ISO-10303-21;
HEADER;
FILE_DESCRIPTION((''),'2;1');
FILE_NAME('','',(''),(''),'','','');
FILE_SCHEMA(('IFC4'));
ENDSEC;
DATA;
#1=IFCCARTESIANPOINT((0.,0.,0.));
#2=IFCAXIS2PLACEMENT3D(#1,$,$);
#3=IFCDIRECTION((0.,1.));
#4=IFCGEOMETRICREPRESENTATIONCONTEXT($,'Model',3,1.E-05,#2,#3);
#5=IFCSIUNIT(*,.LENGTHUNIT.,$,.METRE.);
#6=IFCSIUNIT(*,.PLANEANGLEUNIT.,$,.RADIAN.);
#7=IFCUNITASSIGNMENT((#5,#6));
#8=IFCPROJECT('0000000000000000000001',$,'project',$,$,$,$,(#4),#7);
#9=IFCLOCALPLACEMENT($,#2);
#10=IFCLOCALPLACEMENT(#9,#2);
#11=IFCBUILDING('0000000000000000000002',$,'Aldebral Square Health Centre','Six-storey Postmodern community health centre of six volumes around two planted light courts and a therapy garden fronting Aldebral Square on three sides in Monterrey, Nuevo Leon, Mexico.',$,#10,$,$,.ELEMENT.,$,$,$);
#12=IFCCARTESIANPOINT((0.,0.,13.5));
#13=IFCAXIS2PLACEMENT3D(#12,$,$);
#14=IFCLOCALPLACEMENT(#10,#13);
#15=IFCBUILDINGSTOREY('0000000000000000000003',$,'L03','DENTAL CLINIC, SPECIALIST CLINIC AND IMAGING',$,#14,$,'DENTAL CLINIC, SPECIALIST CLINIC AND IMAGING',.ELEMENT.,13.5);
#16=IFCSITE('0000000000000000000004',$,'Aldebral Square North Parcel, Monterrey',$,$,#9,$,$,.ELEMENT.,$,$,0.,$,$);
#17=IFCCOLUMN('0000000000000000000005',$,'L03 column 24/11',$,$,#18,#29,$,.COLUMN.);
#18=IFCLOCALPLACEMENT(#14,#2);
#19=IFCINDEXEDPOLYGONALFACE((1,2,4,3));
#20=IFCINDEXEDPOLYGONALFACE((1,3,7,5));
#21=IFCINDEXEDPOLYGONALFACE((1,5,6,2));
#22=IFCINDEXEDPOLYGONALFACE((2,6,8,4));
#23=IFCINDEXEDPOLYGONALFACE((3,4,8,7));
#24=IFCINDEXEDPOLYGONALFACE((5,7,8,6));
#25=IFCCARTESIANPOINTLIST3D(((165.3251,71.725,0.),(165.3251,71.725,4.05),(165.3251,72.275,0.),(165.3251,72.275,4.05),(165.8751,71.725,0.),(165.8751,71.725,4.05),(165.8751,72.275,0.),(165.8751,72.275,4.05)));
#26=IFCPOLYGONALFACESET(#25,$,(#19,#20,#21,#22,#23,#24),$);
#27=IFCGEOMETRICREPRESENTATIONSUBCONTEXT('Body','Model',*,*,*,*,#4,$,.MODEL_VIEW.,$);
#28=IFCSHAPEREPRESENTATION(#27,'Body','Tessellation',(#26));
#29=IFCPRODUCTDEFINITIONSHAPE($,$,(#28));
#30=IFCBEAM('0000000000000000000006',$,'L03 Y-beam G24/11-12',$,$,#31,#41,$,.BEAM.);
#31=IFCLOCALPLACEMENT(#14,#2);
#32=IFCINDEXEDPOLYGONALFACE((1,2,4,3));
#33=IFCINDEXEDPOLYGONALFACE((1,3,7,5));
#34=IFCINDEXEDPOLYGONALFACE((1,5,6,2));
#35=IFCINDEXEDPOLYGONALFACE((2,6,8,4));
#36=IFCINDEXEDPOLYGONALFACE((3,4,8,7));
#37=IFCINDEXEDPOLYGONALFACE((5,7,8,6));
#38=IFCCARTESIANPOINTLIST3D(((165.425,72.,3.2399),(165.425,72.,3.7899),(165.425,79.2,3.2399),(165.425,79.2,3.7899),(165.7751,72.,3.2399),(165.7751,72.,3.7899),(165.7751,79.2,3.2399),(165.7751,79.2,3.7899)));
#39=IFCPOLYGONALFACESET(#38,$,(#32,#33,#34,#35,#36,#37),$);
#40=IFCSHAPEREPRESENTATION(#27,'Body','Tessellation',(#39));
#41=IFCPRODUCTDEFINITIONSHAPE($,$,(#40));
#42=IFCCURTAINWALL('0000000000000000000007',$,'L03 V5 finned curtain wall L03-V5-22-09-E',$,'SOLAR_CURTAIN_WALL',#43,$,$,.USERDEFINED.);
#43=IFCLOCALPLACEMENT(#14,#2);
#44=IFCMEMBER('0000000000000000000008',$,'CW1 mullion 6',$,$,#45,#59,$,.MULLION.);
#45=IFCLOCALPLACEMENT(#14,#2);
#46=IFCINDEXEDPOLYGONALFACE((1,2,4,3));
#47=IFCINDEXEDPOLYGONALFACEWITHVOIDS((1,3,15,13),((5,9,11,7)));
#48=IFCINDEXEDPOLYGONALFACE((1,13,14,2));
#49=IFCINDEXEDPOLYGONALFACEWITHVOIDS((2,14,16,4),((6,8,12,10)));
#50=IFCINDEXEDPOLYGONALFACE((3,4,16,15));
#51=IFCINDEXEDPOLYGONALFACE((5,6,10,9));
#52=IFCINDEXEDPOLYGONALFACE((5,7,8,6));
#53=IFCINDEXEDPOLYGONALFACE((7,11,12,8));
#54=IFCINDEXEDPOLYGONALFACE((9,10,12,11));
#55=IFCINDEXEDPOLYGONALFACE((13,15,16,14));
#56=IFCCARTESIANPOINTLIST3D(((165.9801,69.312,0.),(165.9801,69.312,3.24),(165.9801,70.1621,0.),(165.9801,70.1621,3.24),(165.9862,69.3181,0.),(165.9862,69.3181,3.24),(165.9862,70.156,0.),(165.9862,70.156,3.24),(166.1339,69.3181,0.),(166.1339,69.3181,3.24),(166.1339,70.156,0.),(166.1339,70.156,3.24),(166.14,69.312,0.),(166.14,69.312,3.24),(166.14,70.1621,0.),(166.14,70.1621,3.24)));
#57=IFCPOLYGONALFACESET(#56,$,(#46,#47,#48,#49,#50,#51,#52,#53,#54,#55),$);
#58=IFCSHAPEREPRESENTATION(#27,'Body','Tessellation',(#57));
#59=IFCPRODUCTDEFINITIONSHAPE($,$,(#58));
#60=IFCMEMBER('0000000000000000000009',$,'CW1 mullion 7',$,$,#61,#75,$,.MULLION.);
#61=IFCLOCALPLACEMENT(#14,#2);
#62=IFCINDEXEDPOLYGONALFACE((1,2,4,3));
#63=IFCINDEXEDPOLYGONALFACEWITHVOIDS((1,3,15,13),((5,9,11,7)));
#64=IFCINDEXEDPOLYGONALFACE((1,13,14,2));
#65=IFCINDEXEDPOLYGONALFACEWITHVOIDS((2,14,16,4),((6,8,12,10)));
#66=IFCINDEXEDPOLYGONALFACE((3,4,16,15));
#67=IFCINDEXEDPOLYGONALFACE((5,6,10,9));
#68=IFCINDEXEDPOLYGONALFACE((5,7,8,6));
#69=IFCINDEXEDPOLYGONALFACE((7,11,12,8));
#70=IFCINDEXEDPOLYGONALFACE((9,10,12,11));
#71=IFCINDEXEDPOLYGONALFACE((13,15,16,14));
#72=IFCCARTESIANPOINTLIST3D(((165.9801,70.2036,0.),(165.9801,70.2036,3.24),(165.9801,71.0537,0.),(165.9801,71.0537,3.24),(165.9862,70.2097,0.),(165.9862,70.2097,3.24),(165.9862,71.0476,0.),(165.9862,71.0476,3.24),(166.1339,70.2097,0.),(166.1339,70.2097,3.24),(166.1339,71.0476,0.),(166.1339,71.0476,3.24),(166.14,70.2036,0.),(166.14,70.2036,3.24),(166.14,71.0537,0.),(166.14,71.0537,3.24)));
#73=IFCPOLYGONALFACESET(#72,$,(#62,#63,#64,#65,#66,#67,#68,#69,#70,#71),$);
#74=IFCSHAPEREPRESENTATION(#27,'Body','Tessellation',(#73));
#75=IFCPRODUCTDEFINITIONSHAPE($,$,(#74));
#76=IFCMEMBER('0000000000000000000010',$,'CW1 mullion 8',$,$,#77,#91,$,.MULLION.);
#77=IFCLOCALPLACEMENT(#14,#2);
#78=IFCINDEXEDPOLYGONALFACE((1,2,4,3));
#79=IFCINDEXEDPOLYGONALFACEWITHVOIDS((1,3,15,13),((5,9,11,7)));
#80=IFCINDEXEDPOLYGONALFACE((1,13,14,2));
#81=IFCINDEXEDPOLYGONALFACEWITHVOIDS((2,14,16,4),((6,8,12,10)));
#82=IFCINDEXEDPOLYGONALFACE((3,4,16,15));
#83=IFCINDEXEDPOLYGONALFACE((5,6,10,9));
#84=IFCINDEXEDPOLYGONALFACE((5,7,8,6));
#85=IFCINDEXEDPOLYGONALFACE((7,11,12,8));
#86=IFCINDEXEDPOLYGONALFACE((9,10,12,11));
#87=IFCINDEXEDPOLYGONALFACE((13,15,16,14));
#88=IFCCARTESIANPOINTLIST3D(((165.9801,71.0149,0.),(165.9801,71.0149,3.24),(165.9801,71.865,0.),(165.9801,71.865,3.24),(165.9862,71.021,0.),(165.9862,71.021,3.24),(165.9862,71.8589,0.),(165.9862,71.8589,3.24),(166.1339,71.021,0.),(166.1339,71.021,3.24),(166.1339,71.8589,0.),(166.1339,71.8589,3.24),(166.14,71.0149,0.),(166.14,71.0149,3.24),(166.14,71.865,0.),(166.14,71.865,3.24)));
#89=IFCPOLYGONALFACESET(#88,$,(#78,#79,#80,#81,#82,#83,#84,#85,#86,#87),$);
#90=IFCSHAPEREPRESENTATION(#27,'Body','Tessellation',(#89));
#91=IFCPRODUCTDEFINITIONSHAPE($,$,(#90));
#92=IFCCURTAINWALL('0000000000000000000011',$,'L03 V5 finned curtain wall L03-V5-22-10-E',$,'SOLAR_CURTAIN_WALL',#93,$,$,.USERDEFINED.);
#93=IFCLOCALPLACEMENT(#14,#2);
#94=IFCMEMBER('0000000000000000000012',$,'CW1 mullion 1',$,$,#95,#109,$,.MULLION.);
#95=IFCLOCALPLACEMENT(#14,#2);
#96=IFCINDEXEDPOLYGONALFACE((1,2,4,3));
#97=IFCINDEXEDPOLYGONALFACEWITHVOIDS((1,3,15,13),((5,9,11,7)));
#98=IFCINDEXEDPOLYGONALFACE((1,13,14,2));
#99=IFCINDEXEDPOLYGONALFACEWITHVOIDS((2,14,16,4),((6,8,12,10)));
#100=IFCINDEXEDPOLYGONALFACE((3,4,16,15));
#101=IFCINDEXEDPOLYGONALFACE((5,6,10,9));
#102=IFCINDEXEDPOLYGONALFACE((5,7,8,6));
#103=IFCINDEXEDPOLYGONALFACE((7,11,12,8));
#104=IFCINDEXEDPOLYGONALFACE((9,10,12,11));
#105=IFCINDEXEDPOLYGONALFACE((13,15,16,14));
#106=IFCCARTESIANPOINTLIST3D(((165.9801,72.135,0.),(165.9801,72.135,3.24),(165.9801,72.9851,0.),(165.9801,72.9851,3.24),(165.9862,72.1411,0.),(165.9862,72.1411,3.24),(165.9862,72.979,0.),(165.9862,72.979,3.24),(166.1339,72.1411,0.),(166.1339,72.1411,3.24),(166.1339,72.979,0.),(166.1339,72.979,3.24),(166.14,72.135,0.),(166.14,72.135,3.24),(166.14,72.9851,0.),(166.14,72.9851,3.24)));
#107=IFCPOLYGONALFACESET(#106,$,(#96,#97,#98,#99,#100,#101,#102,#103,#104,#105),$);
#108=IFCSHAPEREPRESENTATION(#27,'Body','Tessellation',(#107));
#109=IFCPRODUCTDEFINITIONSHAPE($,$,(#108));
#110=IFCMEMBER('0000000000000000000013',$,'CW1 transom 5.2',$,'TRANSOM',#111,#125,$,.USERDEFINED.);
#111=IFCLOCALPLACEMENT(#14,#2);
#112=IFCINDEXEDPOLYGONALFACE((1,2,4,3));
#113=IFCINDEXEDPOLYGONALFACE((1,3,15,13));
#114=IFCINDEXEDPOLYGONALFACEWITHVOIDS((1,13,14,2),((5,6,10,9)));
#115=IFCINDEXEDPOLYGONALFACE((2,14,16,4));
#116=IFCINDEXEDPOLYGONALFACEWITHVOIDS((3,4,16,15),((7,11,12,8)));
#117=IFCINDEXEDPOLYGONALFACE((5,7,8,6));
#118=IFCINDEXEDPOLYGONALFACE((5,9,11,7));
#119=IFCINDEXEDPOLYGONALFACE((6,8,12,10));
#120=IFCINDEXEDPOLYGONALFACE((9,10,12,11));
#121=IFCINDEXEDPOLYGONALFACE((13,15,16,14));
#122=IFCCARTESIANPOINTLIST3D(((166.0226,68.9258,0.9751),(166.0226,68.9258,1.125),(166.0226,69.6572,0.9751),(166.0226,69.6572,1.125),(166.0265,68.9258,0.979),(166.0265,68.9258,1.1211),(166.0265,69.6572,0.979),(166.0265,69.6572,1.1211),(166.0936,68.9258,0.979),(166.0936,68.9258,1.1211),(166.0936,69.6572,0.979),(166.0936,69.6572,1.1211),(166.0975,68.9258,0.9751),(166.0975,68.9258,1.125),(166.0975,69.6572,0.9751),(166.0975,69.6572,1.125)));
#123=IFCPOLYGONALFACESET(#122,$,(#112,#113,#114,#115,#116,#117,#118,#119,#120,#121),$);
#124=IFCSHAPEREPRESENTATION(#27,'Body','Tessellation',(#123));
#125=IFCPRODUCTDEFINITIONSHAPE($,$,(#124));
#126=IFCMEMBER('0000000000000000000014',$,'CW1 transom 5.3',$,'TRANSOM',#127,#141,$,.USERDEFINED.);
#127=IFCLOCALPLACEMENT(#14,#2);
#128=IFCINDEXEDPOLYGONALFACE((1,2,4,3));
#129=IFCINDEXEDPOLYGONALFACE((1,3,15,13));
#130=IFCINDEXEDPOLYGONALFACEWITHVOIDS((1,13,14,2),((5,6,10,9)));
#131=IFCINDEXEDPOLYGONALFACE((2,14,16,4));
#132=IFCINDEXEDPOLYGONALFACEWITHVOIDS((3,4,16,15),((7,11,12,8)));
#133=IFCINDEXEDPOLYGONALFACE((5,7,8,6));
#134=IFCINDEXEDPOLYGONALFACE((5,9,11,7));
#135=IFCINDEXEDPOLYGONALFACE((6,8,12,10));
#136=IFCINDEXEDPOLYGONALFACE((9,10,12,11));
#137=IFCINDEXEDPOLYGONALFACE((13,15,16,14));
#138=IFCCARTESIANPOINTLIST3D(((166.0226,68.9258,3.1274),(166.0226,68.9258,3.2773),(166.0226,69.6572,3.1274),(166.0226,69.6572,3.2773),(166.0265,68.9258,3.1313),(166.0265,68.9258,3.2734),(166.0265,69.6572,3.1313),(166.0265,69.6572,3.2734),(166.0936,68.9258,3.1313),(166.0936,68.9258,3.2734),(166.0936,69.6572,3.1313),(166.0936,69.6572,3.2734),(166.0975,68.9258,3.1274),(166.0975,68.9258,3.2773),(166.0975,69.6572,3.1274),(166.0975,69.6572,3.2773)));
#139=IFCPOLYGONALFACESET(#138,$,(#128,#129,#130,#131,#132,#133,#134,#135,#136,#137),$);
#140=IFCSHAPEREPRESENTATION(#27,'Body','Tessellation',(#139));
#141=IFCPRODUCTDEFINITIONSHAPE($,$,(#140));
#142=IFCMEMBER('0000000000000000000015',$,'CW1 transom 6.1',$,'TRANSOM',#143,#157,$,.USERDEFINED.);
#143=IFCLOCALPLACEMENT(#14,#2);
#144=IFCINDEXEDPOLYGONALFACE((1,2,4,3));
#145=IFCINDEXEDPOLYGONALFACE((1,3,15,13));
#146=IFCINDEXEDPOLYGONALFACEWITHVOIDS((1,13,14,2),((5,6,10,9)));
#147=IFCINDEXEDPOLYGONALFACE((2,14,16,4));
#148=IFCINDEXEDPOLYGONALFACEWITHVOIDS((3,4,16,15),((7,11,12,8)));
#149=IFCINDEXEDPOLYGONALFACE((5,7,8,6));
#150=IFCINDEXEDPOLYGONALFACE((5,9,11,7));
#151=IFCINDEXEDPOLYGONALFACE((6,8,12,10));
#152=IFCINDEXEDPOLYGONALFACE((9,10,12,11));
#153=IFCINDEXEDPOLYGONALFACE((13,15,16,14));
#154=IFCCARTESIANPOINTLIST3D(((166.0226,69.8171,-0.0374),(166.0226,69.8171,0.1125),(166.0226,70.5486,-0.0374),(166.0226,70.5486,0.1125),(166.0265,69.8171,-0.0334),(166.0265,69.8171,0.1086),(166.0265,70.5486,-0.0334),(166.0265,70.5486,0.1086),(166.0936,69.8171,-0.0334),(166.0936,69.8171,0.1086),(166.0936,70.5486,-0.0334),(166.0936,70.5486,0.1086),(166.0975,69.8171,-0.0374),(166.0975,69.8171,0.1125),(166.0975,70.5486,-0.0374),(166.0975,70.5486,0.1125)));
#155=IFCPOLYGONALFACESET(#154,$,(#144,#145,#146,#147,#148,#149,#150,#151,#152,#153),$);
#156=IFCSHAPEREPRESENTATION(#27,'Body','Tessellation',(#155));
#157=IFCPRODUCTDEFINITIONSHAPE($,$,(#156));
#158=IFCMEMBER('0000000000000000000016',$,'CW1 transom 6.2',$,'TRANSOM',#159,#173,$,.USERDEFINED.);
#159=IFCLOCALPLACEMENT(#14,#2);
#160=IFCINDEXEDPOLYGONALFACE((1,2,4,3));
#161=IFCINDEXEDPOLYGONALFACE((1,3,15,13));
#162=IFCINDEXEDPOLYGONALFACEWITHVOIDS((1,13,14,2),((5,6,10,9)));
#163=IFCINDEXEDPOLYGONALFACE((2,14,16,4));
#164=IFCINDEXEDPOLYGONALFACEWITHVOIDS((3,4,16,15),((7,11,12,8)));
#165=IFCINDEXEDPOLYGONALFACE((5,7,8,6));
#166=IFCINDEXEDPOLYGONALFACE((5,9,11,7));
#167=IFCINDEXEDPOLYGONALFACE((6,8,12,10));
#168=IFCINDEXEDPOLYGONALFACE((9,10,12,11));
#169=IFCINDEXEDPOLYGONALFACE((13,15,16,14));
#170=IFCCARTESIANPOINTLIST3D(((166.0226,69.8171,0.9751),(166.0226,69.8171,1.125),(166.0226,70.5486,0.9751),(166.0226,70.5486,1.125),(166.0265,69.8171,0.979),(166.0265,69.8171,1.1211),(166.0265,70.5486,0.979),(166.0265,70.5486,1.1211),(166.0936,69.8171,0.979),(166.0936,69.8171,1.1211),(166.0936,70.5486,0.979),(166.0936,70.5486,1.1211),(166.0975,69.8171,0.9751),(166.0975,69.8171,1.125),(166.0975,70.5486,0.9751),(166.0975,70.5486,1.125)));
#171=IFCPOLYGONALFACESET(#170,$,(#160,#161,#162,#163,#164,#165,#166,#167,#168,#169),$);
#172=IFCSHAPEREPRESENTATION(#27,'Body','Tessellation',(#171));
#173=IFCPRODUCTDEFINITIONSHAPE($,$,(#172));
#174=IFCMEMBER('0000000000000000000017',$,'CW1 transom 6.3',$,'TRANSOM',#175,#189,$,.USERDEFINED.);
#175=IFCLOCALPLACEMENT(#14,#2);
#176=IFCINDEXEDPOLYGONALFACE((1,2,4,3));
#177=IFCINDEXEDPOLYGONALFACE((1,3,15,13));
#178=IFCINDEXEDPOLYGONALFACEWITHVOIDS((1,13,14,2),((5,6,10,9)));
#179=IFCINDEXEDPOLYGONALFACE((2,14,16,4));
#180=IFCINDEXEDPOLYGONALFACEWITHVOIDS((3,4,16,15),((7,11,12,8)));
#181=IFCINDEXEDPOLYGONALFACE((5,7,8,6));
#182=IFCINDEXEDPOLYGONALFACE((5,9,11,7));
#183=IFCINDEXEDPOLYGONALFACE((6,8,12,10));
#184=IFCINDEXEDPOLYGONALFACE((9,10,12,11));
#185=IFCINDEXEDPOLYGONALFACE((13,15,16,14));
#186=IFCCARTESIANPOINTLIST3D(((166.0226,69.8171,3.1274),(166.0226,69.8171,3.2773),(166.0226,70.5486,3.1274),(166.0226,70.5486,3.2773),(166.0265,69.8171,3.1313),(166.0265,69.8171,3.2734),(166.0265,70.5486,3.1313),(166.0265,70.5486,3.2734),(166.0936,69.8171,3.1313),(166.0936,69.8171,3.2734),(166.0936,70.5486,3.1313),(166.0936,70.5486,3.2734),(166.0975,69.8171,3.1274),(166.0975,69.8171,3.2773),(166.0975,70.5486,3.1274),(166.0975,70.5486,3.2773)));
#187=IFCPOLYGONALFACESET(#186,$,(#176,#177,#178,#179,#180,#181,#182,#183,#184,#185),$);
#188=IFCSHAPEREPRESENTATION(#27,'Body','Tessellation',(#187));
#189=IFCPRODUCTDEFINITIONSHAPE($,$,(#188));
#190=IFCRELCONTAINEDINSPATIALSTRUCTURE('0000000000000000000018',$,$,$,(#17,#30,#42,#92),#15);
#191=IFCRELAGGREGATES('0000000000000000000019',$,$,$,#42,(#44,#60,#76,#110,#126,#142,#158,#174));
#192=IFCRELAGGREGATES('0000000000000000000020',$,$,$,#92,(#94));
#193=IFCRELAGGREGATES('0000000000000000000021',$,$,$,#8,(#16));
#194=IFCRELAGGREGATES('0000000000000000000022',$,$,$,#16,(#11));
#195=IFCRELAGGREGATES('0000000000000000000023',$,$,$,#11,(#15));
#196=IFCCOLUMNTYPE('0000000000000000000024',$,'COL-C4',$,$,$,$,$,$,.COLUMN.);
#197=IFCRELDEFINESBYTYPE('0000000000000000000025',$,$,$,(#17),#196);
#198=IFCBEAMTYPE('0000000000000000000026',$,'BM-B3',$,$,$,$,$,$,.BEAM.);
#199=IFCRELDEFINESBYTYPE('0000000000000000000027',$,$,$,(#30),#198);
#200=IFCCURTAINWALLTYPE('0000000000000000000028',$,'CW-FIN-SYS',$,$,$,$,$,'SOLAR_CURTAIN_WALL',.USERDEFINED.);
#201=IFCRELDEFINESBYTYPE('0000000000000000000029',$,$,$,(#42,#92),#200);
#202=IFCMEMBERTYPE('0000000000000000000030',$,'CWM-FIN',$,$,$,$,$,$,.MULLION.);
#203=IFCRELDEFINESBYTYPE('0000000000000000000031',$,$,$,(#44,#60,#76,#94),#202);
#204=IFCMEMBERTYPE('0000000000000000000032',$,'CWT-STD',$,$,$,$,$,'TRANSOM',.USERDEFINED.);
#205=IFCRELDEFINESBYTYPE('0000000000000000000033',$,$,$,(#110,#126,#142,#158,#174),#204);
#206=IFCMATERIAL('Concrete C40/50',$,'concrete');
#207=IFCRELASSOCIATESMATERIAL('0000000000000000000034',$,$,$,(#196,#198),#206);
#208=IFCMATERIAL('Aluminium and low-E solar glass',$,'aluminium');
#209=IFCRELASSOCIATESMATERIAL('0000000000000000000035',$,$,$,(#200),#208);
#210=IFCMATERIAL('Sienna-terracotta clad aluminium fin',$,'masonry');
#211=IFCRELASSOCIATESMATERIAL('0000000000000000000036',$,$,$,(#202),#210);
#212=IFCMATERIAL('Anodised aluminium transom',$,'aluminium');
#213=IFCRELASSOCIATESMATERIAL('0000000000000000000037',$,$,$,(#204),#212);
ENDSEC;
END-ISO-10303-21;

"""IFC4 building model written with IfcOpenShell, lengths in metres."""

from ifc_helpers import new_model, si_unit, direction, frame, origin, origin_2d, place, context, subcontext, project, spatial, rectangle, hollow_rectangle, extrude, material, material_profile, profile_set, type_object, element, aggregate, save


model = new_model("IFC4")

# Units and contexts
model_context = context("Model", 3, precision=1e-05, world=origin(), true_north=direction((0.0, 1.0)))
body_context = subcontext(model_context, "Body", "Model", "MODEL_VIEW")
ifc_project = project(units=[si_unit("LENGTHUNIT", "METRE"), si_unit("PLANEANGLEUNIT", "RADIAN")], contexts=[model_context])

# Site, building, storey
site_placement = place(None, origin())
site = spatial("IfcSite", under=ifc_project, at=site_placement, Name="Aldebral Square North Parcel, Monterrey", CompositionType="ELEMENT", RefElevation=0.0)
building_placement = place(site_placement, origin())
building = spatial("IfcBuilding", under=site, at=building_placement, Name="Aldebral Square Health Centre", Description="Six-storey Postmodern community health centre of six volumes around two planted light courts and a therapy garden fronting Aldebral Square on three sides in Monterrey, Nuevo Leon, Mexico.", CompositionType="ELEMENT")
storey_placement = place(building_placement, frame((0.0, 0.0, 13.5)))
storey = spatial("IfcBuildingStorey", under=building, at=storey_placement, Name="L03", Description="DENTAL CLINIC, SPECIALIST CLINIC AND IMAGING", LongName="DENTAL CLINIC, SPECIALIST CLINIC AND IMAGING", CompositionType="ELEMENT", Elevation=13.5)

# Column
ifc_material_1 = material(Name="Concrete C40/50", Category="concrete")
ifc_material_profile_1 = material_profile(ifc_material_1, rectangle(XDim=0.55, YDim=0.55, at=origin_2d()), Name="RC 550x550")
ifc_profile_set_1 = profile_set([ifc_material_profile_1], Name="Concrete C40/50")
column_type = type_object("IfcColumnType", Name="COL-C4", PredefinedType="COLUMN", material=ifc_profile_set_1)
column_placement = place(storey_placement, frame((165.6001, 72.0, 0.0), z_axis=(0.0, 0.0, 1.0), x_axis=(1.0, 0.0, 0.0)))
element("IfcColumn", 1, at=column_placement, inside=storey, type_object=column_type, Name="L03 column 24/11", PredefinedType="COLUMN", context=body_context, shape_type="SweptSolid", body=[
    extrude(rectangle(XDim=0.55, YDim=0.55, at=origin_2d()), origin(), (0.0, 0.0, 1.0), 4.05),
])

# Beam
ifc_material_profile_2 = material_profile(ifc_material_1, rectangle(XDim=0.3501, YDim=0.55, at=origin_2d()), Name="RC 350x550")
ifc_profile_set_2 = profile_set([ifc_material_profile_2], Name="Concrete C40/50")
beam_type = type_object("IfcBeamType", Name="BM-B3", PredefinedType="BEAM", material=ifc_profile_set_2)
beam_placement = place(storey_placement, frame((165.6001, 72.0, 3.5149), z_axis=(0.0, 1.0, 0.0), x_axis=(-1.0, 0.0, 0.0)))
element("IfcBeam", 2, at=beam_placement, inside=storey, type_object=beam_type, Name="L03 Y-beam G24/11-12", PredefinedType="BEAM", context=body_context, shape_type="SweptSolid", body=[
    extrude(rectangle(XDim=0.3501, YDim=0.55, at=origin_2d()), origin(), (0.0, 0.0, 1.0), 7.2),
])

# Curtain wall, members
ifc_material_2 = material(Name="Aluminium and low-E solar glass", Category="aluminium")
curtain_wall_type = type_object("IfcCurtainWallType", Name="CW-FIN-SYS", ElementType="SOLAR_CURTAIN_WALL", PredefinedType="USERDEFINED", material=ifc_material_2)
curtain_wall_1_placement = place(storey_placement, origin())
curtain_wall_1 = element("IfcCurtainWall", 3, at=curtain_wall_1_placement, inside=storey, type_object=curtain_wall_type, Name="L03 V5 finned curtain wall L03-V5-22-09-E", ObjectType="SOLAR_CURTAIN_WALL", PredefinedType="USERDEFINED")
ifc_material_3 = material(Name="Sienna-terracotta clad aluminium fin", Category="masonry")
ifc_material_profile_3 = material_profile(ifc_material_3, hollow_rectangle(XDim=0.1599, YDim=0.8501, WallThickness=0.0061, at=origin_2d()), Name="FIN 160x850x6")
ifc_profile_set_3 = profile_set([ifc_material_profile_3], Name="Sienna-terracotta clad aluminium fin")
member_type_1 = type_object("IfcMemberType", Name="CWM-FIN", PredefinedType="MULLION", material=ifc_profile_set_3)
member_1_placement = place(storey_placement, frame((166.0601, 69.7371, 0.0), z_axis=(0.0, 0.0, 1.0), x_axis=(-1.0, 0.0, 0.0)))
member_1 = element("IfcMember", 4, at=member_1_placement, type_object=member_type_1, Name="CW1 mullion 6", PredefinedType="MULLION", context=body_context, shape_type="SweptSolid", body=[
    extrude(hollow_rectangle(XDim=0.1599, YDim=0.8501, WallThickness=0.0061, at=origin_2d()), origin(), (0.0, 0.0, 1.0), 3.24),
])
member_2_placement = place(storey_placement, frame((166.0601, 70.6287, 0.0), z_axis=(0.0, 0.0, 1.0), x_axis=(-1.0, 0.0, 0.0)))
member_2 = element("IfcMember", 5, at=member_2_placement, type_object=member_type_1, Name="CW1 mullion 7", PredefinedType="MULLION", context=body_context, shape_type="SweptSolid", body=[
    extrude(hollow_rectangle(XDim=0.1599, YDim=0.8501, WallThickness=0.0061, at=origin_2d()), origin(), (0.0, 0.0, 1.0), 3.24),
])
member_3_placement = place(storey_placement, frame((166.0601, 71.4399, 0.0), z_axis=(0.0, 0.0, 1.0), x_axis=(-1.0, 0.0, 0.0)))
member_3 = element("IfcMember", 6, at=member_3_placement, type_object=member_type_1, Name="CW1 mullion 8", PredefinedType="MULLION", context=body_context, shape_type="SweptSolid", body=[
    extrude(hollow_rectangle(XDim=0.1599, YDim=0.8501, WallThickness=0.0061, at=origin_2d()), origin(), (0.0, 0.0, 1.0), 3.24),
])

# Curtain wall, member
curtain_wall_2_placement = place(storey_placement, origin())
curtain_wall_2 = element("IfcCurtainWall", 7, at=curtain_wall_2_placement, inside=storey, type_object=curtain_wall_type, Name="L03 V5 finned curtain wall L03-V5-22-10-E", ObjectType="SOLAR_CURTAIN_WALL", PredefinedType="USERDEFINED")
member_4_placement = place(storey_placement, frame((166.0601, 72.5601, 0.0), z_axis=(0.0, 0.0, 1.0), x_axis=(-1.0, 0.0, 0.0)))
member_4 = element("IfcMember", 8, at=member_4_placement, type_object=member_type_1, Name="CW1 mullion 1", PredefinedType="MULLION", context=body_context, shape_type="SweptSolid", body=[
    extrude(hollow_rectangle(XDim=0.1599, YDim=0.8501, WallThickness=0.0061, at=origin_2d()), origin(), (0.0, 0.0, 1.0), 3.24),
])

# Members
ifc_material_4 = material(Name="Anodised aluminium transom", Category="aluminium")
ifc_material_profile_4 = material_profile(ifc_material_4, hollow_rectangle(XDim=0.075, YDim=0.1499, WallThickness=0.0039, at=origin_2d()), Name="CWT 75x150x4")
ifc_profile_set_4 = profile_set([ifc_material_profile_4], Name="Anodised aluminium transom")
member_type_2 = type_object("IfcMemberType", Name="CWT-STD", ElementType="TRANSOM", PredefinedType="USERDEFINED", material=ifc_profile_set_4)
member_5_placement = place(storey_placement, frame((166.0601, 68.9258, 1.05), z_axis=(0.0, 1.0, 0.0), x_axis=(-1.0, 0.0, 0.0)))
member_5 = element("IfcMember", 9, at=member_5_placement, type_object=member_type_2, Name="CW1 transom 5.2", ObjectType="TRANSOM", PredefinedType="USERDEFINED", context=body_context, shape_type="SweptSolid", body=[
    extrude(hollow_rectangle(XDim=0.075, YDim=0.1499, WallThickness=0.0039, at=origin_2d()), origin(), (0.0, 0.0, 1.0), 0.7314),
])
member_6_placement = place(storey_placement, frame((166.0601, 68.9258, 3.2024), z_axis=(0.0, 1.0, 0.0), x_axis=(-1.0, 0.0, 0.0)))
member_6 = element("IfcMember", 10, at=member_6_placement, type_object=member_type_2, Name="CW1 transom 5.3", ObjectType="TRANSOM", PredefinedType="USERDEFINED", context=body_context, shape_type="SweptSolid", body=[
    extrude(hollow_rectangle(XDim=0.075, YDim=0.1499, WallThickness=0.0039, at=origin_2d()), origin(), (0.0, 0.0, 1.0), 0.7314),
])
member_7_placement = place(storey_placement, frame((166.0601, 69.8171, 0.0376), z_axis=(0.0, 1.0, 0.0), x_axis=(-1.0, 0.0, 0.0)))
member_7 = element("IfcMember", 11, at=member_7_placement, type_object=member_type_2, Name="CW1 transom 6.1", ObjectType="TRANSOM", PredefinedType="USERDEFINED", context=body_context, shape_type="SweptSolid", body=[
    extrude(hollow_rectangle(XDim=0.075, YDim=0.1499, WallThickness=0.0039, at=origin_2d()), origin(), (0.0, 0.0, 1.0), 0.7314),
])
member_8_placement = place(storey_placement, frame((166.0601, 69.8171, 1.05), z_axis=(0.0, 1.0, 0.0), x_axis=(-1.0, 0.0, 0.0)))
member_8 = element("IfcMember", 12, at=member_8_placement, type_object=member_type_2, Name="CW1 transom 6.2", ObjectType="TRANSOM", PredefinedType="USERDEFINED", context=body_context, shape_type="SweptSolid", body=[
    extrude(hollow_rectangle(XDim=0.075, YDim=0.1499, WallThickness=0.0039, at=origin_2d()), origin(), (0.0, 0.0, 1.0), 0.7314),
])
member_9_placement = place(storey_placement, frame((166.0601, 69.8171, 3.2024), z_axis=(0.0, 1.0, 0.0), x_axis=(-1.0, 0.0, 0.0)))
member_9 = element("IfcMember", 13, at=member_9_placement, type_object=member_type_2, Name="CW1 transom 6.3", ObjectType="TRANSOM", PredefinedType="USERDEFINED", context=body_context, shape_type="SweptSolid", body=[
    extrude(hollow_rectangle(XDim=0.075, YDim=0.1499, WallThickness=0.0039, at=origin_2d()), origin(), (0.0, 0.0, 1.0), 0.7314),
])

aggregate(curtain_wall_1, [member_1, member_2, member_3, member_5, member_6, member_7, member_8, member_9])
aggregate(curtain_wall_2, [member_4])

save(model, "model.ifc")
